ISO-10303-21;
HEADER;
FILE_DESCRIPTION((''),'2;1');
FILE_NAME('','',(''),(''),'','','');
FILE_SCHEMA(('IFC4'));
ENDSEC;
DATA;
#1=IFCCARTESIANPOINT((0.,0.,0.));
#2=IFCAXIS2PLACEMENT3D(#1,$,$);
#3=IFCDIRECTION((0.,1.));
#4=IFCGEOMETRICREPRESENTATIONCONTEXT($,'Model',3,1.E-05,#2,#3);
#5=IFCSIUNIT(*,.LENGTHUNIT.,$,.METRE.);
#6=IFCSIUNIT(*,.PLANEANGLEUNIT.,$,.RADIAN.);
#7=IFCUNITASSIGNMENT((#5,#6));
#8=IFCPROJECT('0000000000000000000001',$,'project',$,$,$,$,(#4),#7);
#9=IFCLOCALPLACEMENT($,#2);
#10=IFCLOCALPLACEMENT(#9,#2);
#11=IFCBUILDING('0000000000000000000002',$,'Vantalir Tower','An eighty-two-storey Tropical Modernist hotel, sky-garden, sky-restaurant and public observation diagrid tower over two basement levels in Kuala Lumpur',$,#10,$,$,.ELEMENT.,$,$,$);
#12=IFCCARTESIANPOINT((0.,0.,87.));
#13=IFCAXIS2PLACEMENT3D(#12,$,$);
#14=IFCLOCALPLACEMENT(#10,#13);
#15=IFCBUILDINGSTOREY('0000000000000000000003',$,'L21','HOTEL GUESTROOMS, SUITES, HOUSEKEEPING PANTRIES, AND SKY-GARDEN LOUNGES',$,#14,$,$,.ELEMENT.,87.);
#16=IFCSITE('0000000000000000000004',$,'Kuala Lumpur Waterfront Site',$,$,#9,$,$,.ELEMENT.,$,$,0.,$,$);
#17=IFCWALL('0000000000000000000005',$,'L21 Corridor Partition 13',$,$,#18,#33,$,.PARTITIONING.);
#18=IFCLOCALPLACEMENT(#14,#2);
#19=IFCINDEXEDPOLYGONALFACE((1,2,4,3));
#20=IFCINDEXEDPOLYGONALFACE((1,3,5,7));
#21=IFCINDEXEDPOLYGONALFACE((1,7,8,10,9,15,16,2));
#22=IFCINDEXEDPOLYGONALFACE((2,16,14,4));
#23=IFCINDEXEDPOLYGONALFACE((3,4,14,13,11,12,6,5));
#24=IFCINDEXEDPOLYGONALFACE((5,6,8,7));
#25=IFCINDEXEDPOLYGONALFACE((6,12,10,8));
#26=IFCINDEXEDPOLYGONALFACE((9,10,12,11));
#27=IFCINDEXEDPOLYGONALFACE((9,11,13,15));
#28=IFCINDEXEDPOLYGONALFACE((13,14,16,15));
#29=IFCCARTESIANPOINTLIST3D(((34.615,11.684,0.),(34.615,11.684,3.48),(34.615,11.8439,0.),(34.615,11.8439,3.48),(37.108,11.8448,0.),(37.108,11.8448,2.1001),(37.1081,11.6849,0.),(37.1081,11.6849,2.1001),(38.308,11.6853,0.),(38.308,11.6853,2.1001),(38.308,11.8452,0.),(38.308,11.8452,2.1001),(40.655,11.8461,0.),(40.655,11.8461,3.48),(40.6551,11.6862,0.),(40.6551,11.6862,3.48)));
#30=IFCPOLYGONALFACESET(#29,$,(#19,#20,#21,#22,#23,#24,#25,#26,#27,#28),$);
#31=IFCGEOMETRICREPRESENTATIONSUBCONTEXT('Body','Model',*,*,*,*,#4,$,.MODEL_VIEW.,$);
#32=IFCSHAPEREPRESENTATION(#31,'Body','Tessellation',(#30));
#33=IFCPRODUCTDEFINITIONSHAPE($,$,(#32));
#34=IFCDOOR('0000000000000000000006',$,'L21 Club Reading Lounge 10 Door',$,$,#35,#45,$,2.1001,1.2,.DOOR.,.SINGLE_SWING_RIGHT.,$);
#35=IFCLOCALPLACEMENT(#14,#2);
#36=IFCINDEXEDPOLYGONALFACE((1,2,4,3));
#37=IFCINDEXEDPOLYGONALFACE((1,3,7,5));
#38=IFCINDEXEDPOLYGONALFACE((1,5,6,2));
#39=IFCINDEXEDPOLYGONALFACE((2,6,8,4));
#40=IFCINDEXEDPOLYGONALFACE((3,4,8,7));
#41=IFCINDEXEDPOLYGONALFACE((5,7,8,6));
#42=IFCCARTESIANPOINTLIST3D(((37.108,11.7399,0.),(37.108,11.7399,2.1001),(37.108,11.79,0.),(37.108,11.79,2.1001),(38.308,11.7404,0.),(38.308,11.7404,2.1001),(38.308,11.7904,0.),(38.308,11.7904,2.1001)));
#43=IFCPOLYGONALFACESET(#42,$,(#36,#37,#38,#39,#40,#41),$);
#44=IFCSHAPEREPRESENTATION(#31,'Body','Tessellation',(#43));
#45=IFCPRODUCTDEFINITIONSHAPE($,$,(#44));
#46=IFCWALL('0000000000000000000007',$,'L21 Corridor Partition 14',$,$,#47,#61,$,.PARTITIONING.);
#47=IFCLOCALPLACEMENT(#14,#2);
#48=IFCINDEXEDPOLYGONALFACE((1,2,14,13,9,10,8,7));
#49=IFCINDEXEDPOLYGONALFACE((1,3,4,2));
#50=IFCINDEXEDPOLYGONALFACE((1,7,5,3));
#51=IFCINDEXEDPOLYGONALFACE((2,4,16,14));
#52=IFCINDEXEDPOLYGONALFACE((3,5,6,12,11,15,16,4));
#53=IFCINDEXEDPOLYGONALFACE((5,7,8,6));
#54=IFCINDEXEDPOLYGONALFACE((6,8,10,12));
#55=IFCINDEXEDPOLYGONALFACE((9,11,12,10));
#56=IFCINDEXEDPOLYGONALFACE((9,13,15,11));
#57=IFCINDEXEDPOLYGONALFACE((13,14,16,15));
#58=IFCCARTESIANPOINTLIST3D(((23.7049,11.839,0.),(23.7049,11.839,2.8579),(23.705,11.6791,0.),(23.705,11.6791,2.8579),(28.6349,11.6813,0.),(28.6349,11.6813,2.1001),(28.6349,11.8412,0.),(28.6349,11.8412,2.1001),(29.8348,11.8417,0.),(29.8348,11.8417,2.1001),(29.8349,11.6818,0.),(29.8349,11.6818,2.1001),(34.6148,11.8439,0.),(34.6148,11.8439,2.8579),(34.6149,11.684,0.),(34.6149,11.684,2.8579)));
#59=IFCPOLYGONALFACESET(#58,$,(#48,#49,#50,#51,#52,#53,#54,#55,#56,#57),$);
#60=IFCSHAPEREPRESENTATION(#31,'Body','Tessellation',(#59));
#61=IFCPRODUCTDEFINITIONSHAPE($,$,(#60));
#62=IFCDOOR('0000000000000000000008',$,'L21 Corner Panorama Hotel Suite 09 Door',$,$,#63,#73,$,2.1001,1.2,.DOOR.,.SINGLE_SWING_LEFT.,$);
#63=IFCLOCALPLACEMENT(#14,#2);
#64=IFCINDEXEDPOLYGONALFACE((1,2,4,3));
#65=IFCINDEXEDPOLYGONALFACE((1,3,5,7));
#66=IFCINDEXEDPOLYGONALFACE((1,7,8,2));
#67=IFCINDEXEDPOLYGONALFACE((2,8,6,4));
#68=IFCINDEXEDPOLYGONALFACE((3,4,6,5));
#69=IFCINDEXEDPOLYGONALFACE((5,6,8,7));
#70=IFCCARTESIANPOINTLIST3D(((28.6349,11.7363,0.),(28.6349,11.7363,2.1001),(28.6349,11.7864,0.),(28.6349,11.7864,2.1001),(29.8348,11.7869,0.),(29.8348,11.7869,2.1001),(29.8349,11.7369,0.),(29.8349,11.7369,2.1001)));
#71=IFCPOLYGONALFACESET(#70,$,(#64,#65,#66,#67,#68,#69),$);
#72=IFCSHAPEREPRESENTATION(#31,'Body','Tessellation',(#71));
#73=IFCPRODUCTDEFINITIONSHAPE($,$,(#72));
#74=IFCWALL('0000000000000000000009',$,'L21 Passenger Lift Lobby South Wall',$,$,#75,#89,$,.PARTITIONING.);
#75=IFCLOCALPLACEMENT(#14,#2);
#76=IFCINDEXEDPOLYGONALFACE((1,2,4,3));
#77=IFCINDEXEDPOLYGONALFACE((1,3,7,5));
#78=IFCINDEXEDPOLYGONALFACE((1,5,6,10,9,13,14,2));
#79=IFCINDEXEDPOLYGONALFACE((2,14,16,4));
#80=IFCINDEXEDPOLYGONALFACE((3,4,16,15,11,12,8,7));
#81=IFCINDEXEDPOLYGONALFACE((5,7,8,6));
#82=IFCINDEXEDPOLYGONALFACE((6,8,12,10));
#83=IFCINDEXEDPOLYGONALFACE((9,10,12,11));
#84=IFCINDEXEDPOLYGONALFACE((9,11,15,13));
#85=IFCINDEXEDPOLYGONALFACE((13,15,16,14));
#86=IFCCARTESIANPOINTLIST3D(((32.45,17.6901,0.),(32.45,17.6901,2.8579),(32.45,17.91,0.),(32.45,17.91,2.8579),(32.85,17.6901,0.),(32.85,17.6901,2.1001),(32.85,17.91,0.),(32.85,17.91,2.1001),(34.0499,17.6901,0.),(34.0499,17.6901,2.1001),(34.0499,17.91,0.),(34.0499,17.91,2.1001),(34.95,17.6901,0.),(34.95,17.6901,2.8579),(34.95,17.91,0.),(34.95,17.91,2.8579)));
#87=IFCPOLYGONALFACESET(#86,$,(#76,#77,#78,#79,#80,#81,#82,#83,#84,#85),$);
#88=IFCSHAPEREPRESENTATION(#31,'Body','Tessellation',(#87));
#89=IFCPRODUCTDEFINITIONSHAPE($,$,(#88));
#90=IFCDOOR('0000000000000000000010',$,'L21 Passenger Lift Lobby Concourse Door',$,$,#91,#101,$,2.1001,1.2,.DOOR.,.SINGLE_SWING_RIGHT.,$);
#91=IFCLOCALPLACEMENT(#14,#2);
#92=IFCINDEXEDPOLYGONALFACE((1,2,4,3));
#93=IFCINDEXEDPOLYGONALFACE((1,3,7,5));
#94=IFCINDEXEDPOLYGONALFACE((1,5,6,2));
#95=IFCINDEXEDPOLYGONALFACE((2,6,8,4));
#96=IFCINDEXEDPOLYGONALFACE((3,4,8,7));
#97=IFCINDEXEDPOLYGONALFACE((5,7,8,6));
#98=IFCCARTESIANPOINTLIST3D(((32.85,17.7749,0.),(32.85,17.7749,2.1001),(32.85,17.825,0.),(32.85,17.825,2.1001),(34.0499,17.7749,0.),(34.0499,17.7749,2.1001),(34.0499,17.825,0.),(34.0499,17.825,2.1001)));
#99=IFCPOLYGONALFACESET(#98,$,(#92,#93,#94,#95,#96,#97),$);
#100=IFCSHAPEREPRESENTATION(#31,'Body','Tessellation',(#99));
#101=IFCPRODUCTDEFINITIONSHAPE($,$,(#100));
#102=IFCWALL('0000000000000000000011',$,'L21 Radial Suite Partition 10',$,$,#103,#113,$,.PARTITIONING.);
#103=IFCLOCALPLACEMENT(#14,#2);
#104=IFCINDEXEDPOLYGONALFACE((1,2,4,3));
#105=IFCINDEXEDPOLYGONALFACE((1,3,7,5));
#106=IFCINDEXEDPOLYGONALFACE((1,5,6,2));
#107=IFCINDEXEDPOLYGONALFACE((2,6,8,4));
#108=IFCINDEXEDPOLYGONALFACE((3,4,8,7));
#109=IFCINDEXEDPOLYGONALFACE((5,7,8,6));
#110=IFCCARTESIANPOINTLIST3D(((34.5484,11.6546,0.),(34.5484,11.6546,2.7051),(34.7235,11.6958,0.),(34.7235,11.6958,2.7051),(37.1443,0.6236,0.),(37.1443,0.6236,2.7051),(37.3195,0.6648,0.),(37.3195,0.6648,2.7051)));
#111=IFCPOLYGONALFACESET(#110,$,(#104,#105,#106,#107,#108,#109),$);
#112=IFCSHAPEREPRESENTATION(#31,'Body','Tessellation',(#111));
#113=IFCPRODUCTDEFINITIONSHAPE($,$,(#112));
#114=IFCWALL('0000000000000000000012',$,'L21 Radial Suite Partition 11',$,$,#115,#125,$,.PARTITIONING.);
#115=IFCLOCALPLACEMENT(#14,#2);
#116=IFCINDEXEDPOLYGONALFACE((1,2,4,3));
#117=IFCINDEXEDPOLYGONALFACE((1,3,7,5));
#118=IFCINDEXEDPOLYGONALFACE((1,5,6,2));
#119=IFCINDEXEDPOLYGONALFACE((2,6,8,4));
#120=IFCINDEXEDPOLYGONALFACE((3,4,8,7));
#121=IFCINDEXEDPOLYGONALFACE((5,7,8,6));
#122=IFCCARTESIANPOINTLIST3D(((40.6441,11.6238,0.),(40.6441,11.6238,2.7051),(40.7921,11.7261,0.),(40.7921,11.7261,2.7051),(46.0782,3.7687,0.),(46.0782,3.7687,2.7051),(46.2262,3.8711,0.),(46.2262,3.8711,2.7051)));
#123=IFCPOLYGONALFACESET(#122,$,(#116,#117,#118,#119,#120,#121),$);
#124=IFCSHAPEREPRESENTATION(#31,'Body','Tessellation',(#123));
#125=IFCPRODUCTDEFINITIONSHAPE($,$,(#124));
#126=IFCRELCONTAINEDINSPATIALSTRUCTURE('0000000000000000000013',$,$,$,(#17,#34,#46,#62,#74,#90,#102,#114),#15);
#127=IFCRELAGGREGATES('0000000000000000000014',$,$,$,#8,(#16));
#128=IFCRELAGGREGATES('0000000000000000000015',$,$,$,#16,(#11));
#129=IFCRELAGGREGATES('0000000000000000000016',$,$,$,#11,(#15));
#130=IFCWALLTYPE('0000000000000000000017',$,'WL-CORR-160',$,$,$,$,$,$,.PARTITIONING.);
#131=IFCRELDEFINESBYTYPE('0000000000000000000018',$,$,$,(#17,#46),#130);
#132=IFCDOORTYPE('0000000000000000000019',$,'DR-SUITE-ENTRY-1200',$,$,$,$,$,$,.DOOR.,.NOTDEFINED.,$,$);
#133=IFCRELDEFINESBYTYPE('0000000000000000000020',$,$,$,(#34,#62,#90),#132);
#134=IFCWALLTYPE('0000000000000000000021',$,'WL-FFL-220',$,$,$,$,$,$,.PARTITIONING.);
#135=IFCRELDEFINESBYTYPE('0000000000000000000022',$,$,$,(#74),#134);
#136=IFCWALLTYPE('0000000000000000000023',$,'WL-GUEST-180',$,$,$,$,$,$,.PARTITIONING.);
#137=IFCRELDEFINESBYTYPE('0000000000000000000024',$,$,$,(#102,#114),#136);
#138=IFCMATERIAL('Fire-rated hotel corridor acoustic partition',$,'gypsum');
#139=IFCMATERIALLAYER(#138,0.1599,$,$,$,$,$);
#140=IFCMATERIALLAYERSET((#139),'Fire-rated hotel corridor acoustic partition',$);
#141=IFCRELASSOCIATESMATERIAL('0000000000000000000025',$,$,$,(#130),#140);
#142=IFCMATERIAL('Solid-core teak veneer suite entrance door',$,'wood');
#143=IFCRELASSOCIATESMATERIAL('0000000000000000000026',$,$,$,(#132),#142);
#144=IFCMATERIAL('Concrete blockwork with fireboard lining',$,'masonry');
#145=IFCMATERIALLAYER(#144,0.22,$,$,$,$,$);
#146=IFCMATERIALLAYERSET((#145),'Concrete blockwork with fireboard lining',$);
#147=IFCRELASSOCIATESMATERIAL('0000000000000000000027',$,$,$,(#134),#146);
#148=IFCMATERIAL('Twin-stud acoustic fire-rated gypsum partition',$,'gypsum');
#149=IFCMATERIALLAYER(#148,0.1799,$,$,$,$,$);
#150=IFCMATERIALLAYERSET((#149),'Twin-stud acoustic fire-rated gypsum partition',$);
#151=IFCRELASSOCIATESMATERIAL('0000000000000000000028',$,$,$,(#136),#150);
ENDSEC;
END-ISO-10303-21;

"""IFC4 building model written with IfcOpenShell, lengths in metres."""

from ifc_helpers import new_model, si_unit, direction, frame, frame_2d, origin, place, context, subcontext, project, spatial, rectangle, extrude, material, layer, layer_set, type_object, element, fill, save


model = new_model("IFC4")

# Units and contexts
model_context = context("Model", 3, precision=1e-05, world=origin(), true_north=direction((0.0, 1.0)))
body_context = subcontext(model_context, "Body", "Model", "MODEL_VIEW")
ifc_project = project(units=[si_unit("LENGTHUNIT", "METRE"), si_unit("PLANEANGLEUNIT", "RADIAN")], contexts=[model_context])

# Site, building, storey
site_placement = place(None, origin())
site = spatial("IfcSite", under=ifc_project, at=site_placement, Name="Kuala Lumpur Waterfront Site", CompositionType="ELEMENT", RefElevation=0.0)
building_placement = place(site_placement, origin())
building = spatial("IfcBuilding", under=site, at=building_placement, Name="Vantalir Tower", Description="An eighty-two-storey Tropical Modernist hotel, sky-garden, sky-restaurant and public observation diagrid tower over two basement levels in Kuala Lumpur", CompositionType="ELEMENT")
storey_placement = place(building_placement, frame((0.0, 0.0, 87.0)))
storey = spatial("IfcBuildingStorey", under=building, at=storey_placement, Name="L21", Description="HOTEL GUESTROOMS, SUITES, HOUSEKEEPING PANTRIES, AND SKY-GARDEN LOUNGES", CompositionType="ELEMENT", Elevation=87.0)

# Walls, openings, doors
ifc_material_1 = material(Name="Fire-rated hotel corridor acoustic partition", Category="gypsum")
ifc_layer_1 = layer(ifc_material_1, 0.1599)
ifc_layer_set_1 = layer_set([ifc_layer_1], Name="Fire-rated hotel corridor acoustic partition")
wall_type_1 = type_object("IfcWallType", Name="WL-CORR-160", PredefinedType="PARTITIONING", material=ifc_layer_set_1)
wall_1_placement = place(storey_placement, frame((40.655, 11.7661, 0.0), z_axis=(0.0, 0.0, 1.0), x_axis=(-1.0, -0.000364, 0.0)))
wall_1 = element("IfcWall", 1, at=wall_1_placement, inside=storey, type_object=wall_type_1, Name="L21 Corridor Partition 13", PredefinedType="PARTITIONING", context=body_context, shape_type="SweptSolid", body=[
    extrude(rectangle(XDim=6.04, YDim=0.1599, at=frame_2d((3.02, 0.0))), origin(), (0.0, 0.0, 1.0), 3.48),
])
opening_1_placement = place(wall_1_placement, frame((2.3469, 0.0, 0.0)))
opening_1 = element("IfcOpeningElement", 2, at=opening_1_placement, cuts=wall_1, PredefinedType="OPENING", context=body_context, shape_type="SweptSolid", body=[
    extrude(rectangle(XDim=1.2, YDim=2.1001, at=frame_2d((0.6001, 1.05))), frame((0.0, 0.0898, 0.0), z_axis=(0.0, -1.0, 0.0), x_axis=(1.0, 0.0, 0.0)), (0.0, 0.0, 1.0), 0.1799),
])
ifc_material_2 = material(Name="Solid-core teak veneer suite entrance door", Category="wood")
door_type = type_object("IfcDoorType", Name="DR-SUITE-ENTRY-1200", OperationType="NOTDEFINED", PredefinedType="DOOR", material=ifc_material_2)
door_1_placement = place(opening_1_placement, origin())
door_1 = element("IfcDoor", 3, at=door_1_placement, inside=storey, type_object=door_type, Name="L21 Club Reading Lounge 10 Door", OperationType="SINGLE_SWING_RIGHT", OverallHeight=2.1001, OverallWidth=1.2, PredefinedType="DOOR", context=body_context, shape_type="SweptSolid", body=[
    extrude(rectangle(XDim=1.2, YDim=2.1001, at=frame_2d((0.6001, 1.05))), frame((0.0, 0.0249, 0.0), z_axis=(0.0, -1.0, 0.0), x_axis=(1.0, 0.0, 0.0)), (0.0, 0.0, 1.0), 0.05),
])
fill(opening_1, door_1)
wall_2_placement = place(storey_placement, frame((34.615, 11.7639, 0.0), z_axis=(0.0, 0.0, 1.0), x_axis=(-1.0, -0.000448, 0.0)))
wall_2 = element("IfcWall", 4, at=wall_2_placement, inside=storey, type_object=wall_type_1, Name="L21 Corridor Partition 14", PredefinedType="PARTITIONING", context=body_context, shape_type="SweptSolid", body=[
    extrude(rectangle(XDim=10.9099, YDim=0.1599, at=frame_2d((5.4551, 0.0))), origin(), (0.0, 0.0, 1.0), 2.8579),
])
opening_2_placement = place(wall_2_placement, frame((4.78, 0.0, 0.0)))
opening_2 = element("IfcOpeningElement", 5, at=opening_2_placement, cuts=wall_2, PredefinedType="OPENING", context=body_context, shape_type="SweptSolid", body=[
    extrude(rectangle(XDim=1.2, YDim=2.1001, at=frame_2d((0.6001, 1.05))), frame((0.0, 0.0898, 0.0), z_axis=(0.0, -1.0, 0.0), x_axis=(1.0, 0.0, 0.0)), (0.0, 0.0, 1.0), 0.1799),
])
door_2_placement = place(opening_2_placement, origin())
door_2 = element("IfcDoor", 6, at=door_2_placement, inside=storey, type_object=door_type, Name="L21 Corner Panorama Hotel Suite 09 Door", OperationType="SINGLE_SWING_LEFT", OverallHeight=2.1001, OverallWidth=1.2, PredefinedType="DOOR", context=body_context, shape_type="SweptSolid", body=[
    extrude(rectangle(XDim=1.2, YDim=2.1001, at=frame_2d((0.6001, 1.05))), frame((0.0, 0.0249, 0.0), z_axis=(0.0, -1.0, 0.0), x_axis=(1.0, 0.0, 0.0)), (0.0, 0.0, 1.0), 0.05),
])
fill(opening_2, door_2)
ifc_material_3 = material(Name="Concrete blockwork with fireboard lining", Category="masonry")
ifc_layer_2 = layer(ifc_material_3, 0.22)
ifc_layer_set_2 = layer_set([ifc_layer_2], Name="Concrete blockwork with fireboard lining")
wall_type_2 = type_object("IfcWallType", Name="WL-FFL-220", PredefinedType="PARTITIONING", material=ifc_layer_set_2)
wall_3_placement = place(storey_placement, frame((32.45, 17.8, 0.0), z_axis=(0.0, 0.0, 1.0), x_axis=(1.0, 0.0, 0.0)))
wall_3 = element("IfcWall", 7, at=wall_3_placement, inside=storey, type_object=wall_type_2, Name="L21 Passenger Lift Lobby South Wall", PredefinedType="PARTITIONING", context=body_context, shape_type="SweptSolid", body=[
    extrude(rectangle(XDim=2.5, YDim=0.22, at=frame_2d((1.25, 0.0))), origin(), (0.0, 0.0, 1.0), 2.8579),
])
opening_3_placement = place(wall_3_placement, frame((0.3999, 0.0, 0.0)))
opening_3 = element("IfcOpeningElement", 8, at=opening_3_placement, cuts=wall_3, PredefinedType="OPENING", context=body_context, shape_type="SweptSolid", body=[
    extrude(rectangle(XDim=1.2, YDim=2.1001, at=frame_2d((0.6001, 1.05))), frame((0.0, 0.1199, 0.0), z_axis=(0.0, -1.0, 0.0), x_axis=(1.0, 0.0, 0.0)), (0.0, 0.0, 1.0), 0.24),
])
door_3_placement = place(opening_3_placement, origin())
door_3 = element("IfcDoor", 9, at=door_3_placement, inside=storey, type_object=door_type, Name="L21 Passenger Lift Lobby Concourse Door", OperationType="SINGLE_SWING_RIGHT", OverallHeight=2.1001, OverallWidth=1.2, PredefinedType="DOOR", context=body_context, shape_type="SweptSolid", body=[
    extrude(rectangle(XDim=1.2, YDim=2.1001, at=frame_2d((0.6001, 1.05))), frame((0.0, 0.0249, 0.0), z_axis=(0.0, -1.0, 0.0), x_axis=(1.0, 0.0, 0.0)), (0.0, 0.0, 1.0), 0.05),
])
fill(opening_3, door_3)

# Walls
ifc_material_4 = material(Name="Twin-stud acoustic fire-rated gypsum partition", Category="gypsum")
ifc_layer_3 = layer(ifc_material_4, 0.1799)
ifc_layer_set_3 = layer_set([ifc_layer_3], Name="Twin-stud acoustic fire-rated gypsum partition")
wall_type_3 = type_object("IfcWallType", Name="WL-GUEST-180", PredefinedType="PARTITIONING", material=ifc_layer_set_3)
wall_4_placement = place(storey_placement, frame((34.636, 11.675, 0.0), z_axis=(0.0, 0.0, 1.0), x_axis=(0.229074, -0.973409, 0.0)))
element("IfcWall", 10, at=wall_4_placement, inside=storey, type_object=wall_type_3, Name="L21 Radial Suite Partition 10", PredefinedType="PARTITIONING", context=body_context, shape_type="SweptSolid", body=[
    extrude(rectangle(XDim=11.3323, YDim=0.1799, at=frame_2d((5.666, 0.0))), origin(), (0.0, 0.0, 1.0), 2.7051),
])
wall_5_placement = place(storey_placement, frame((40.718, 11.675, 0.0), z_axis=(0.0, 0.0, 1.0), x_axis=(0.568928, -0.822387, 0.0)))
element("IfcWall", 11, at=wall_5_placement, inside=storey, type_object=wall_type_3, Name="L21 Radial Suite Partition 11", PredefinedType="PARTITIONING", context=body_context, shape_type="SweptSolid", body=[
    extrude(rectangle(XDim=9.5515, YDim=0.1799, at=frame_2d((4.7759, 0.0))), origin(), (0.0, 0.0, 1.0), 2.7051),
])

save(model, "model.ifc")
